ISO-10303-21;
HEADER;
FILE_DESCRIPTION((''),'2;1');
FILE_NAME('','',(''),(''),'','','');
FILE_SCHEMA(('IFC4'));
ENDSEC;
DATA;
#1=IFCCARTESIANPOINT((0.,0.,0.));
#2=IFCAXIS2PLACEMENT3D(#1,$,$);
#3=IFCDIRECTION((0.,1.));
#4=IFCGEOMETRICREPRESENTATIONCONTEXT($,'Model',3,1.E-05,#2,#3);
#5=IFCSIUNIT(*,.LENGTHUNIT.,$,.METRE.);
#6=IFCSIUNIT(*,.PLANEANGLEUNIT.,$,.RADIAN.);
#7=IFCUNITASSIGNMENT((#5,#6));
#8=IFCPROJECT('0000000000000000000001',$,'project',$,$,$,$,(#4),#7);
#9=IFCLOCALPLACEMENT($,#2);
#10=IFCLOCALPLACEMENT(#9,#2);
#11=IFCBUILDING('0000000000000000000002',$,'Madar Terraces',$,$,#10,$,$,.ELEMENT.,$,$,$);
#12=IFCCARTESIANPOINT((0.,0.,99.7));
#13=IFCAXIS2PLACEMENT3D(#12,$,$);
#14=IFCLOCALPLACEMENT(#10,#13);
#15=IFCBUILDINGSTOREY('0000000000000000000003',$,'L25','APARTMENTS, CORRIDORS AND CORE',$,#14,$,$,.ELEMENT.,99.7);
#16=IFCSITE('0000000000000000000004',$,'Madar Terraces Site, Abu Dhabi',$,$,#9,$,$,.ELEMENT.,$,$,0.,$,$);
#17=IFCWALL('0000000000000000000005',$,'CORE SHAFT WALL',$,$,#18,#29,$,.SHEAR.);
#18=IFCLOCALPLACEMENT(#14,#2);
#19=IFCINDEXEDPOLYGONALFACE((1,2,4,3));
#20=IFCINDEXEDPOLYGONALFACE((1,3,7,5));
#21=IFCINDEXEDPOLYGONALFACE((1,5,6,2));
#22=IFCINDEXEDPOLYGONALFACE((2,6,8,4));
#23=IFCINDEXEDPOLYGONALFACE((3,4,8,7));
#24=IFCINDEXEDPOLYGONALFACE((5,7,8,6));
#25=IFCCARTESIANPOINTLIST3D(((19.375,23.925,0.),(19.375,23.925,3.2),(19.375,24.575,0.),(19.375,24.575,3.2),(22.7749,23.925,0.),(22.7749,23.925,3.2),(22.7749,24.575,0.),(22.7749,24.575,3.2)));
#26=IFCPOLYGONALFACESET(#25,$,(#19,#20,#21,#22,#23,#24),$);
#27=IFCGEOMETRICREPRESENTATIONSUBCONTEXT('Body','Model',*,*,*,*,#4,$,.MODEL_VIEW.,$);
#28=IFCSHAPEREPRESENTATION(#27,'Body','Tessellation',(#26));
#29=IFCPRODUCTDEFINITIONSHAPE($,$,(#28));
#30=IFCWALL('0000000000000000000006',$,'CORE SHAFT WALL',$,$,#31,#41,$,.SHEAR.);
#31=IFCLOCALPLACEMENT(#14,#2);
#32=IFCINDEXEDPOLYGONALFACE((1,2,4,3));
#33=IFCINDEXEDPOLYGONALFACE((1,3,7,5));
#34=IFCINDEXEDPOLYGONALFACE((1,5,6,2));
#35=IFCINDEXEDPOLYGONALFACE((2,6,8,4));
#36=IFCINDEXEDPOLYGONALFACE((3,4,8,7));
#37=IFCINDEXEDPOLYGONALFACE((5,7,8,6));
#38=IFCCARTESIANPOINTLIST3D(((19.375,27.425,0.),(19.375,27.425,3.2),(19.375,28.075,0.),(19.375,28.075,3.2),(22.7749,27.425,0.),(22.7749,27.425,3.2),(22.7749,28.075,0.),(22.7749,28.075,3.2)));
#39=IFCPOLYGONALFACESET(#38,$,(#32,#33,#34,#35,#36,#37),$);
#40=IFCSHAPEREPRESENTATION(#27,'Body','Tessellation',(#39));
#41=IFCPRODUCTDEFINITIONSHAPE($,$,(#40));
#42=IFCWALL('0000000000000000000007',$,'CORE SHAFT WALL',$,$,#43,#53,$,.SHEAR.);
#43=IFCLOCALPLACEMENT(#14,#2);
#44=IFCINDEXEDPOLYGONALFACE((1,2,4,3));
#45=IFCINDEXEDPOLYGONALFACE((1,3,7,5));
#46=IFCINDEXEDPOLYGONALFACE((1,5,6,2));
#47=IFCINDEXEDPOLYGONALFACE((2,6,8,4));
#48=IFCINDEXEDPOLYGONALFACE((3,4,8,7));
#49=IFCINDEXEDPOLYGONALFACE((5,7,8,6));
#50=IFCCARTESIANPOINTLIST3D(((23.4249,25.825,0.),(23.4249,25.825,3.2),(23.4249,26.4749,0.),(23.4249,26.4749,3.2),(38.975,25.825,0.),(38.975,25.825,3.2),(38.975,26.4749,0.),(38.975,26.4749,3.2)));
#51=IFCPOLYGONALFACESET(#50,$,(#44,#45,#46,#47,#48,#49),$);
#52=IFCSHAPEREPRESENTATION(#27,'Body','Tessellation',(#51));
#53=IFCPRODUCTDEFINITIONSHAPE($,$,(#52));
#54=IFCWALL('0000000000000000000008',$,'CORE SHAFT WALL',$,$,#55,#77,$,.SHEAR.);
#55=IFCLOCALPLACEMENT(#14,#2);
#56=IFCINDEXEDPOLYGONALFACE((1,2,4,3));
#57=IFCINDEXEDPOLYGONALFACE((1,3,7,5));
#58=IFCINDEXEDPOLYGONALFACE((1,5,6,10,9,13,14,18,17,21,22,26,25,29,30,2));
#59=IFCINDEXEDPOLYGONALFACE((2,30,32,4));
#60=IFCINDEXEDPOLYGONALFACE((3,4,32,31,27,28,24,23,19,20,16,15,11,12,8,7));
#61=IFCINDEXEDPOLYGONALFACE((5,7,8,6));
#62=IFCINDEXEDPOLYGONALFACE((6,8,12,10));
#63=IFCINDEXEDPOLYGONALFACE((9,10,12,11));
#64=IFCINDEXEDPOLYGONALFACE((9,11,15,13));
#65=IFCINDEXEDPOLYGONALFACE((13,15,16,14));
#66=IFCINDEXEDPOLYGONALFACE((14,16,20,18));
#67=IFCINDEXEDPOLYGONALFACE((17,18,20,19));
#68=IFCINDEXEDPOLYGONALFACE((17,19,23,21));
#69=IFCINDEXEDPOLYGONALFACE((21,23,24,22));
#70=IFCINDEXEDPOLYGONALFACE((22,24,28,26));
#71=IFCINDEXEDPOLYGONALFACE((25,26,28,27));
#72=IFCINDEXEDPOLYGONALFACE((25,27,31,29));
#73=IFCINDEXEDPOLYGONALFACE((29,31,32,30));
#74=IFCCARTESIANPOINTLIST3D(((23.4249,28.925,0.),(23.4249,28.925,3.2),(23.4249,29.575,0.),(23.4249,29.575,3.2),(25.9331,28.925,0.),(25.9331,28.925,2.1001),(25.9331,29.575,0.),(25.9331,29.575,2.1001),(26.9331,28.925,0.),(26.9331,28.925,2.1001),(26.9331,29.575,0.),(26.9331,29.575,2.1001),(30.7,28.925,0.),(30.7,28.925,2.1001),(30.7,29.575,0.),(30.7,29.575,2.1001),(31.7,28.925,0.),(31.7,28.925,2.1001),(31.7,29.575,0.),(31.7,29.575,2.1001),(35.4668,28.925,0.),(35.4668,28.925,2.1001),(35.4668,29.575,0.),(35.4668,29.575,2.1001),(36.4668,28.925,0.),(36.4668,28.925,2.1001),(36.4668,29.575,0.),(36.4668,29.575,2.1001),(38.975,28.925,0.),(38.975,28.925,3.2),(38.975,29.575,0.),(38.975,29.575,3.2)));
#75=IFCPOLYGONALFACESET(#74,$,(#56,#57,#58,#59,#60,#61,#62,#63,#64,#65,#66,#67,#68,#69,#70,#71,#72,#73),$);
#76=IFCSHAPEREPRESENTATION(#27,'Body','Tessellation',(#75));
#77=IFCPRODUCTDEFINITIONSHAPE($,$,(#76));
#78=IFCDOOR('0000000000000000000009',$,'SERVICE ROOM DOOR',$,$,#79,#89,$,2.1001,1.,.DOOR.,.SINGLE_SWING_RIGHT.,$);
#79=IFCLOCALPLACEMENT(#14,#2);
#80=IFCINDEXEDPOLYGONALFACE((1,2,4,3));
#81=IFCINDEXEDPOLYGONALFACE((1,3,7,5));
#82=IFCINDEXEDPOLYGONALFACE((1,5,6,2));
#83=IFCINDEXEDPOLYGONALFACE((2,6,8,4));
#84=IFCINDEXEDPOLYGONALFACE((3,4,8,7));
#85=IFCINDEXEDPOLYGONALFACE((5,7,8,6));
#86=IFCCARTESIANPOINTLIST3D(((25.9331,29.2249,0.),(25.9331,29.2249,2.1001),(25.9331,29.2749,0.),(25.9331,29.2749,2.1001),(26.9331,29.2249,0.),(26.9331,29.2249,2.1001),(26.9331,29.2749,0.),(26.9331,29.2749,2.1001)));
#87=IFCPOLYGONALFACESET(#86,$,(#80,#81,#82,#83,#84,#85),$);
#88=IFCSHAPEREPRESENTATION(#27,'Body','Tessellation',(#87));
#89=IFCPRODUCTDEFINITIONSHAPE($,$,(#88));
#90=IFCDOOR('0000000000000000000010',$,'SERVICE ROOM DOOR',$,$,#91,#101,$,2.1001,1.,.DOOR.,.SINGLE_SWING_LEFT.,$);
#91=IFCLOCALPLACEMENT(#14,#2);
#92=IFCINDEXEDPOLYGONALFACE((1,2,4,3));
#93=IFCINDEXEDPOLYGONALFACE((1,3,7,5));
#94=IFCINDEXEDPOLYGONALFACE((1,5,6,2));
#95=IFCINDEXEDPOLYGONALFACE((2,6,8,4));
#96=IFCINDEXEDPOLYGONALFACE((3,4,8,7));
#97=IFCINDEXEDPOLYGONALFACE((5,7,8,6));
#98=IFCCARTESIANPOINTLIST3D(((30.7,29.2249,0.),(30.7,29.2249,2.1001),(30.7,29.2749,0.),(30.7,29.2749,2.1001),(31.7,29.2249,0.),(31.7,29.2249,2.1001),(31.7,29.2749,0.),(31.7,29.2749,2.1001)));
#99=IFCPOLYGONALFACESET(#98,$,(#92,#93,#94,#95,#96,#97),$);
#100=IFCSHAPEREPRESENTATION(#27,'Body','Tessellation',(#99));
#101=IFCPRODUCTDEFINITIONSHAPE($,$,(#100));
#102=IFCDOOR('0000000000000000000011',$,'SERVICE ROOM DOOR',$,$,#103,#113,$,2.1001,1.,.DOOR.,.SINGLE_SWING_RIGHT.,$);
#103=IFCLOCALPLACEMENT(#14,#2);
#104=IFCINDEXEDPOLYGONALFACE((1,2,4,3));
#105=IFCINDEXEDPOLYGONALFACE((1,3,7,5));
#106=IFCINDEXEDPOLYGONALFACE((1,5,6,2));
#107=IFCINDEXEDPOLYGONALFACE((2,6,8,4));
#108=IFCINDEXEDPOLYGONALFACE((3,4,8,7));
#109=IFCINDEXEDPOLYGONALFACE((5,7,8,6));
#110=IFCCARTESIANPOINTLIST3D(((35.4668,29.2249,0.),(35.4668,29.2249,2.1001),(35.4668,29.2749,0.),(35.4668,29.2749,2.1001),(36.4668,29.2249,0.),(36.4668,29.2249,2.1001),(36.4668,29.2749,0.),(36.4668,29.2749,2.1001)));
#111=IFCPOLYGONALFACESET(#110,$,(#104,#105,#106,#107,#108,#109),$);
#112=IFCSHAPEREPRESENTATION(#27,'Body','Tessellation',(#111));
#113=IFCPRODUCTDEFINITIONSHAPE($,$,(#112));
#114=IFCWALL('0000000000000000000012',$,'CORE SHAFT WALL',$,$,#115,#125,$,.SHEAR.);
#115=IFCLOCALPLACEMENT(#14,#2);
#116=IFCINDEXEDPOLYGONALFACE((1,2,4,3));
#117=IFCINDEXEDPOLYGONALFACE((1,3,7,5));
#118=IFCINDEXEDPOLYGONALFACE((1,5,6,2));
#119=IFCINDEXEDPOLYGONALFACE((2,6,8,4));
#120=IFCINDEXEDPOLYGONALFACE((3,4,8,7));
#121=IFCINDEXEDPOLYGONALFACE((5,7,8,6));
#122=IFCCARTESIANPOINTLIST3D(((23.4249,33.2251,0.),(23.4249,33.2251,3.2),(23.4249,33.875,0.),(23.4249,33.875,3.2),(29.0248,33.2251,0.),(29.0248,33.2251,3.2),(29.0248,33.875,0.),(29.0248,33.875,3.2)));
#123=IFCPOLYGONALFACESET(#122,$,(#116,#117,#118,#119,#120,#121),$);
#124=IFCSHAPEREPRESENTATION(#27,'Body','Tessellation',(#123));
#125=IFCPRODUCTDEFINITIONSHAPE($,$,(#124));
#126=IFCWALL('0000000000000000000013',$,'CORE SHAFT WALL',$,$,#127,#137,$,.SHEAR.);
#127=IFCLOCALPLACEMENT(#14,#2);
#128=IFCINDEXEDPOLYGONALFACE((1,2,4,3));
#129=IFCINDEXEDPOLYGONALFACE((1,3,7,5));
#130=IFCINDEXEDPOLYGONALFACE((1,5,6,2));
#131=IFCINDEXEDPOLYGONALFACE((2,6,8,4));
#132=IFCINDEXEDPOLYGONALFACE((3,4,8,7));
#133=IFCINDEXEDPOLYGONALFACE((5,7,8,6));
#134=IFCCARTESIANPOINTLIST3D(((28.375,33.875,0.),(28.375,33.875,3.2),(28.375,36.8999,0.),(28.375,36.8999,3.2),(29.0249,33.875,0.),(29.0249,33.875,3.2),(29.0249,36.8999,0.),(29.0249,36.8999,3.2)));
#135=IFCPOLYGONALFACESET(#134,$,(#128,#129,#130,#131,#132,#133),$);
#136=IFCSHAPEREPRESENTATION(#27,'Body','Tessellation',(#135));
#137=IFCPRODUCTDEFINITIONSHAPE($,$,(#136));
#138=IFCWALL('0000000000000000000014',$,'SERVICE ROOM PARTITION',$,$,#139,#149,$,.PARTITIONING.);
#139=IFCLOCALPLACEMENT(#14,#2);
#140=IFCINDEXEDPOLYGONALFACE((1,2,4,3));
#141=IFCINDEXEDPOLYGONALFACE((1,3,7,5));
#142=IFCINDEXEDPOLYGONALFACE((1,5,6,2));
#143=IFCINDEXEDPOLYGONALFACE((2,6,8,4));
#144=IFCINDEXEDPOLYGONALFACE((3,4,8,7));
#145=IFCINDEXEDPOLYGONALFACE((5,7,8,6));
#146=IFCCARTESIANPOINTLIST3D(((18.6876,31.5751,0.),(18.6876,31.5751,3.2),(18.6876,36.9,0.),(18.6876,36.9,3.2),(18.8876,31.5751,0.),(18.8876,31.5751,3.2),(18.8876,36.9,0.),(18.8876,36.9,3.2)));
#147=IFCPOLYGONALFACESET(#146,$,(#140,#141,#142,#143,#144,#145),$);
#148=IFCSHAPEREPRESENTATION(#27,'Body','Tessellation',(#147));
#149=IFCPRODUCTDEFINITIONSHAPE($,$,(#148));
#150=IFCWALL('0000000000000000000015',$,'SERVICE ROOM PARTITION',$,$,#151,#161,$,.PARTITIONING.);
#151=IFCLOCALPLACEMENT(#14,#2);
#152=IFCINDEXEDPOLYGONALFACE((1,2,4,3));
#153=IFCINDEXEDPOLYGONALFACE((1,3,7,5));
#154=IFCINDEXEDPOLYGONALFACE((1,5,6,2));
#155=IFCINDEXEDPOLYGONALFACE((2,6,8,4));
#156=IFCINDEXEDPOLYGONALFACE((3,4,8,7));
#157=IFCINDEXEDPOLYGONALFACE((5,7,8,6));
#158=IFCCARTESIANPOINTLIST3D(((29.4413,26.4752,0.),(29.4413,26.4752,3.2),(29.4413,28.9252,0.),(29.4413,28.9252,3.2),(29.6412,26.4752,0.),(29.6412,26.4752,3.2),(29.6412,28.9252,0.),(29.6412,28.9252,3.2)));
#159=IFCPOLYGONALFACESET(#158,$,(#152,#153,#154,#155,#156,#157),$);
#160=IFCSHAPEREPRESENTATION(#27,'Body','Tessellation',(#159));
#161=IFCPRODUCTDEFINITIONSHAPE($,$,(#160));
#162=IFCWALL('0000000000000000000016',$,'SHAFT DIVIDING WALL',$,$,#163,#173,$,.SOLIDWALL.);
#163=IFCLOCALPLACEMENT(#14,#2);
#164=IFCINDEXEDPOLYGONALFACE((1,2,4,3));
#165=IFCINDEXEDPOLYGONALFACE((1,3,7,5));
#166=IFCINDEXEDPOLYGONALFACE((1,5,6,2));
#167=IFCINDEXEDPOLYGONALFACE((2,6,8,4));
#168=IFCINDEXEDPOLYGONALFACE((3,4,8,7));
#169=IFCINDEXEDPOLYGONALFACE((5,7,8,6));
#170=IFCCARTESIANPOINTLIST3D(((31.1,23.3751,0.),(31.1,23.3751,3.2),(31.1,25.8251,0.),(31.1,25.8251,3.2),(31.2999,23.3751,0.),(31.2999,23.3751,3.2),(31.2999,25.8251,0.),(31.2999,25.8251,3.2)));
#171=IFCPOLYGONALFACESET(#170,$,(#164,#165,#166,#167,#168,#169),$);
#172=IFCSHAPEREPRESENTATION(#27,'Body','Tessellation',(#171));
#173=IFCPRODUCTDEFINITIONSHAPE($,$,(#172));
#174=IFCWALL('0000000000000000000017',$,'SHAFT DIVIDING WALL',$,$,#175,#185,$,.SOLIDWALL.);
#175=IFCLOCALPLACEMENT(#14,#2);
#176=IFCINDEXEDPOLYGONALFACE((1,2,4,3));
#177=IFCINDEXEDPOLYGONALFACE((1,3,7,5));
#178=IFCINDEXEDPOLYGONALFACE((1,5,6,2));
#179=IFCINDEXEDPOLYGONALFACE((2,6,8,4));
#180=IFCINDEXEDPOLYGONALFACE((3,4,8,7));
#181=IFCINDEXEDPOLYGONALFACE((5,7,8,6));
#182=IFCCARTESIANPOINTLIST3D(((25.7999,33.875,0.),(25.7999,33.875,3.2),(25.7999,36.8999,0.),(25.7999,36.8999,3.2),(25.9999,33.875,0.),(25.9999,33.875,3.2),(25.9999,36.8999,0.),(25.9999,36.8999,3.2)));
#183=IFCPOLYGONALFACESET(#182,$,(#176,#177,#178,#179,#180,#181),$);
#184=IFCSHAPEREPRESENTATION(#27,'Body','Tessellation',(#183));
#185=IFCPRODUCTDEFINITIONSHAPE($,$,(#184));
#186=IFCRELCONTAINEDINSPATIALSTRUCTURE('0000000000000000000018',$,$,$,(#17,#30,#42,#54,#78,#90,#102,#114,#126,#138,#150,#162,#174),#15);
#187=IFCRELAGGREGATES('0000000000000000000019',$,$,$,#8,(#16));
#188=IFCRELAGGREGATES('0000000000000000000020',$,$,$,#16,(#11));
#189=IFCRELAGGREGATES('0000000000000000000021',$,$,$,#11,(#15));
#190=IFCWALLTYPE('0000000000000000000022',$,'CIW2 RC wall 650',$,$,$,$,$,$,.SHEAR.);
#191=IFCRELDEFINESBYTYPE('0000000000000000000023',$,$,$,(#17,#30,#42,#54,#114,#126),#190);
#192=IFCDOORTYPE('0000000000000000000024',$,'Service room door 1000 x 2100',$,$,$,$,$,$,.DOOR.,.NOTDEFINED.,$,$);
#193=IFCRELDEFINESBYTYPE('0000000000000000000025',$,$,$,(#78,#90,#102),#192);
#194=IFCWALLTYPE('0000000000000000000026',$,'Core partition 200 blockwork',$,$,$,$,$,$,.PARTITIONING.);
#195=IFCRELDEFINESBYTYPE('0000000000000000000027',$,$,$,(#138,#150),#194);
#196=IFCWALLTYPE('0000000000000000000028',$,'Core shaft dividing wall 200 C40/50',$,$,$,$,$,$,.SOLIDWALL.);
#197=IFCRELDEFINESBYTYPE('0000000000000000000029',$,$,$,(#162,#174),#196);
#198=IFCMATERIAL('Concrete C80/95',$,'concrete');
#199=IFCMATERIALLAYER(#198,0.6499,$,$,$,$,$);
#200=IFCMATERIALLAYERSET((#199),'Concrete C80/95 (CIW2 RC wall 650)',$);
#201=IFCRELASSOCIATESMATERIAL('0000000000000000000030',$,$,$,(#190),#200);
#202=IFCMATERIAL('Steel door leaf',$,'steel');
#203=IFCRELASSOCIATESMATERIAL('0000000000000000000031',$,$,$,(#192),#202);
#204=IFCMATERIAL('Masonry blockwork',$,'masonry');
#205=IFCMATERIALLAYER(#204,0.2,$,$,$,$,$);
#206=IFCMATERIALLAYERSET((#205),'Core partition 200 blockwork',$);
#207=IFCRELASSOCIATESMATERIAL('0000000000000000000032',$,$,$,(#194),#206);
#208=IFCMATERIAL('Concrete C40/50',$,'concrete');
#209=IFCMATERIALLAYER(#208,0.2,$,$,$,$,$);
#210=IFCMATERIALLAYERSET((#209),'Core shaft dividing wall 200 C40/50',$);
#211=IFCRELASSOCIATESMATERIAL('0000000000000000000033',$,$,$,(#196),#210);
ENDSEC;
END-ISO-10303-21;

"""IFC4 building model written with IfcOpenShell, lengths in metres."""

from ifc_helpers import new_model, si_unit, direction, frame, frame_2d, origin, place, context, subcontext, project, spatial, rectangle, extrude, material, layer, layer_set, type_object, element, fill, save


model = new_model("IFC4")

# Units and contexts
model_context = context("Model", 3, precision=1e-05, world=origin(), true_north=direction((0.0, 1.0)))
body_context = subcontext(model_context, "Body", "Model", "MODEL_VIEW")
ifc_project = project(units=[si_unit("LENGTHUNIT", "METRE"), si_unit("PLANEANGLEUNIT", "RADIAN")], contexts=[model_context])

# Site, building, storey
site_placement = place(None, origin())
site = spatial("IfcSite", under=ifc_project, at=site_placement, Name="Madar Terraces Site, Abu Dhabi", CompositionType="ELEMENT", RefElevation=0.0)
building_placement = place(site_placement, origin())
building = spatial("IfcBuilding", under=site, at=building_placement, Name="Madar Terraces", CompositionType="ELEMENT")
storey_placement = place(building_placement, frame((0.0, 0.0, 99.7)))
storey = spatial("IfcBuildingStorey", under=building, at=storey_placement, Name="L25", Description="APARTMENTS, CORRIDORS AND CORE", CompositionType="ELEMENT", Elevation=99.7)

# Walls
ifc_material_1 = material(Name="Concrete C80/95", Category="concrete")
ifc_layer_1 = layer(ifc_material_1, 0.6499)
ifc_layer_set_1 = layer_set([ifc_layer_1], Name="Concrete C80/95 (CIW2 RC wall 650)")
wall_type_1 = type_object("IfcWallType", Name="CIW2 RC wall 650", PredefinedType="SHEAR", material=ifc_layer_set_1)
for number, where, z_axis, x_axis, name in (
    (1, (19.375, 24.25, 0.0), (0.0, 0.0, 1.0), (1.0, 0.0, 0.0), "CORE SHAFT WALL"),
    (2, (19.375, 27.75, 0.0), (0.0, 0.0, 1.0), (1.0, 0.0, 0.0), "CORE SHAFT WALL"),
):
    element("IfcWall", number, at=place(storey_placement, frame(where, z_axis=z_axis, x_axis=x_axis)), inside=storey, type_object=wall_type_1, Name=name, PredefinedType="SHEAR", context=body_context, shape_type="SweptSolid", body=[
        extrude(rectangle(XDim=3.3999, YDim=0.6499, at=frame_2d((1.7, 0.0))), origin(), (0.0, 0.0, 1.0), 3.2),
    ])
wall_1_placement = place(storey_placement, frame((23.425, 26.1499, 0.0), z_axis=(0.0, 0.0, 1.0), x_axis=(1.0, 0.0, 0.0)))
element("IfcWall", 3, at=wall_1_placement, inside=storey, type_object=wall_type_1, Name="CORE SHAFT WALL", PredefinedType="SHEAR", context=body_context, shape_type="SweptSolid", body=[
    extrude(rectangle(XDim=15.55, YDim=0.6499, at=frame_2d((7.7749, 0.0))), origin(), (0.0, 0.0, 1.0), 3.2),
])

# Wall, openings, doors
wall_2_placement = place(storey_placement, frame((23.425, 29.25, 0.0), z_axis=(0.0, 0.0, 1.0), x_axis=(1.0, 0.0, 0.0)))
wall_2 = element("IfcWall", 4, at=wall_2_placement, inside=storey, type_object=wall_type_1, Name="CORE SHAFT WALL", PredefinedType="SHEAR", context=body_context, shape_type="SweptSolid", body=[
    extrude(rectangle(XDim=15.55, YDim=0.6499, at=frame_2d((7.7749, 0.0))), origin(), (0.0, 0.0, 1.0), 3.2),
])
opening_1_placement = place(wall_2_placement, frame((2.5081, 0.0, 0.0)))
opening_1 = element("IfcOpeningElement", 5, at=opening_1_placement, cuts=wall_2, PredefinedType="OPENING", context=body_context, shape_type="SweptSolid", body=[
    extrude(rectangle(XDim=1.0, YDim=2.1001, at=frame_2d((0.5, 1.05))), frame((0.0, 0.335, 0.0), z_axis=(0.0, -1.0, 0.0), x_axis=(1.0, 0.0, 0.0)), (0.0, 0.0, 1.0), 0.6699),
])
opening_2_placement = place(wall_2_placement, frame((7.2749, 0.0, 0.0)))
opening_2 = element("IfcOpeningElement", 6, at=opening_2_placement, cuts=wall_2, PredefinedType="OPENING", context=body_context, shape_type="SweptSolid", body=[
    extrude(rectangle(XDim=1.0, YDim=2.1001, at=frame_2d((0.5, 1.05))), frame((0.0, 0.335, 0.0), z_axis=(0.0, -1.0, 0.0), x_axis=(1.0, 0.0, 0.0)), (0.0, 0.0, 1.0), 0.6699),
])
opening_3_placement = place(wall_2_placement, frame((12.0417, 0.0, 0.0)))
opening_3 = element("IfcOpeningElement", 7, at=opening_3_placement, cuts=wall_2, PredefinedType="OPENING", context=body_context, shape_type="SweptSolid", body=[
    extrude(rectangle(XDim=1.0, YDim=2.1001, at=frame_2d((0.5, 1.05))), frame((0.0, 0.335, 0.0), z_axis=(0.0, -1.0, 0.0), x_axis=(1.0, 0.0, 0.0)), (0.0, 0.0, 1.0), 0.6699),
])
ifc_material_2 = material(Name="Steel door leaf", Category="steel")
door_type = type_object("IfcDoorType", Name="Service room door 1000 x 2100", OperationType="NOTDEFINED", PredefinedType="DOOR", material=ifc_material_2)
door_1_placement = place(opening_1_placement, origin())
door_1 = element("IfcDoor", 8, at=door_1_placement, inside=storey, type_object=door_type, Name="SERVICE ROOM DOOR", OperationType="SINGLE_SWING_RIGHT", OverallHeight=2.1001, OverallWidth=1.0, PredefinedType="DOOR", context=body_context, shape_type="SweptSolid", body=[
    extrude(rectangle(XDim=1.0, YDim=2.1001, at=frame_2d((0.5, 1.05))), frame((0.0, 0.0249, 0.0), z_axis=(0.0, -1.0, 0.0), x_axis=(1.0, 0.0, 0.0)), (0.0, 0.0, 1.0), 0.05),
])
fill(opening_1, door_1)
door_2_placement = place(opening_2_placement, origin())
door_2 = element("IfcDoor", 9, at=door_2_placement, inside=storey, type_object=door_type, Name="SERVICE ROOM DOOR", OperationType="SINGLE_SWING_LEFT", OverallHeight=2.1001, OverallWidth=1.0, PredefinedType="DOOR", context=body_context, shape_type="SweptSolid", body=[
    extrude(rectangle(XDim=1.0, YDim=2.1001, at=frame_2d((0.5, 1.05))), frame((0.0, 0.0249, 0.0), z_axis=(0.0, -1.0, 0.0), x_axis=(1.0, 0.0, 0.0)), (0.0, 0.0, 1.0), 0.05),
])
fill(opening_2, door_2)
door_3_placement = place(opening_3_placement, origin())
door_3 = element("IfcDoor", 10, at=door_3_placement, inside=storey, type_object=door_type, Name="SERVICE ROOM DOOR", OperationType="SINGLE_SWING_RIGHT", OverallHeight=2.1001, OverallWidth=1.0, PredefinedType="DOOR", context=body_context, shape_type="SweptSolid", body=[
    extrude(rectangle(XDim=1.0, YDim=2.1001, at=frame_2d((0.5, 1.05))), frame((0.0, 0.0249, 0.0), z_axis=(0.0, -1.0, 0.0), x_axis=(1.0, 0.0, 0.0)), (0.0, 0.0, 1.0), 0.05),
])
fill(opening_3, door_3)

# Walls
wall_3_placement = place(storey_placement, frame((23.425, 33.55, 0.0), z_axis=(0.0, 0.0, 1.0), x_axis=(1.0, 0.0, 0.0)))
element("IfcWall", 11, at=wall_3_placement, inside=storey, type_object=wall_type_1, Name="CORE SHAFT WALL", PredefinedType="SHEAR", context=body_context, shape_type="SweptSolid", body=[
    extrude(rectangle(XDim=5.5999, YDim=0.6499, at=frame_2d((2.7998, 0.0))), origin(), (0.0, 0.0, 1.0), 3.2),
])
wall_4_placement = place(storey_placement, frame((28.7, 33.875, 0.0), z_axis=(0.0, 0.0, 1.0), x_axis=(0.0, 1.0, 0.0)))
element("IfcWall", 12, at=wall_4_placement, inside=storey, type_object=wall_type_1, Name="CORE SHAFT WALL", PredefinedType="SHEAR", context=body_context, shape_type="SweptSolid", body=[
    extrude(rectangle(XDim=3.0249, YDim=0.6499, at=frame_2d((1.5125, 0.0))), origin(), (0.0, 0.0, 1.0), 3.2),
])
ifc_material_3 = material(Name="Masonry blockwork", Category="masonry")
ifc_layer_2 = layer(ifc_material_3, 0.2)
ifc_layer_set_2 = layer_set([ifc_layer_2], Name="Core partition 200 blockwork")
wall_type_2 = type_object("IfcWallType", Name="Core partition 200 blockwork", PredefinedType="PARTITIONING", material=ifc_layer_set_2)
wall_5_placement = place(storey_placement, frame((18.7876, 31.575, 0.0), z_axis=(0.0, 0.0, 1.0), x_axis=(0.0, 1.0, 0.0)))
element("IfcWall", 13, at=wall_5_placement, inside=storey, type_object=wall_type_2, Name="SERVICE ROOM PARTITION", PredefinedType="PARTITIONING", context=body_context, shape_type="SweptSolid", body=[
    extrude(rectangle(XDim=5.325, YDim=0.2, at=frame_2d((2.6626, 0.0))), origin(), (0.0, 0.0, 1.0), 3.2),
])
wall_6_placement = place(storey_placement, frame((29.5413, 26.4751, 0.0), z_axis=(0.0, 0.0, 1.0), x_axis=(0.0, 1.0, 0.0)))
element("IfcWall", 14, at=wall_6_placement, inside=storey, type_object=wall_type_2, Name="SERVICE ROOM PARTITION", PredefinedType="PARTITIONING", context=body_context, shape_type="SweptSolid", body=[
    extrude(rectangle(XDim=2.45, YDim=0.2, at=frame_2d((1.2251, 0.0))), origin(), (0.0, 0.0, 1.0), 3.2),
])
ifc_material_4 = material(Name="Concrete C40/50", Category="concrete")
ifc_layer_3 = layer(ifc_material_4, 0.2)
ifc_layer_set_3 = layer_set([ifc_layer_3], Name="Core shaft dividing wall 200 C40/50")
wall_type_3 = type_object("IfcWallType", Name="Core shaft dividing wall 200 C40/50", PredefinedType="SOLIDWALL", material=ifc_layer_set_3)
wall_7_placement = place(storey_placement, frame((31.2, 23.375, 0.0), z_axis=(0.0, 0.0, 1.0), x_axis=(0.0, 1.0, 0.0)))
element("IfcWall", 15, at=wall_7_placement, inside=storey, type_object=wall_type_3, Name="SHAFT DIVIDING WALL", PredefinedType="SOLIDWALL", context=body_context, shape_type="SweptSolid", body=[
    extrude(rectangle(XDim=2.45, YDim=0.2, at=frame_2d((1.2251, 0.0))), origin(), (0.0, 0.0, 1.0), 3.2),
])
wall_8_placement = place(storey_placement, frame((25.8999, 33.875, 0.0), z_axis=(0.0, 0.0, 1.0), x_axis=(0.0, 1.0, 0.0)))
element("IfcWall", 16, at=wall_8_placement, inside=storey, type_object=wall_type_3, Name="SHAFT DIVIDING WALL", PredefinedType="SOLIDWALL", context=body_context, shape_type="SweptSolid", body=[
    extrude(rectangle(XDim=3.0249, YDim=0.2, at=frame_2d((1.5125, 0.0))), origin(), (0.0, 0.0, 1.0), 3.2),
])

save(model, "model.ifc")
